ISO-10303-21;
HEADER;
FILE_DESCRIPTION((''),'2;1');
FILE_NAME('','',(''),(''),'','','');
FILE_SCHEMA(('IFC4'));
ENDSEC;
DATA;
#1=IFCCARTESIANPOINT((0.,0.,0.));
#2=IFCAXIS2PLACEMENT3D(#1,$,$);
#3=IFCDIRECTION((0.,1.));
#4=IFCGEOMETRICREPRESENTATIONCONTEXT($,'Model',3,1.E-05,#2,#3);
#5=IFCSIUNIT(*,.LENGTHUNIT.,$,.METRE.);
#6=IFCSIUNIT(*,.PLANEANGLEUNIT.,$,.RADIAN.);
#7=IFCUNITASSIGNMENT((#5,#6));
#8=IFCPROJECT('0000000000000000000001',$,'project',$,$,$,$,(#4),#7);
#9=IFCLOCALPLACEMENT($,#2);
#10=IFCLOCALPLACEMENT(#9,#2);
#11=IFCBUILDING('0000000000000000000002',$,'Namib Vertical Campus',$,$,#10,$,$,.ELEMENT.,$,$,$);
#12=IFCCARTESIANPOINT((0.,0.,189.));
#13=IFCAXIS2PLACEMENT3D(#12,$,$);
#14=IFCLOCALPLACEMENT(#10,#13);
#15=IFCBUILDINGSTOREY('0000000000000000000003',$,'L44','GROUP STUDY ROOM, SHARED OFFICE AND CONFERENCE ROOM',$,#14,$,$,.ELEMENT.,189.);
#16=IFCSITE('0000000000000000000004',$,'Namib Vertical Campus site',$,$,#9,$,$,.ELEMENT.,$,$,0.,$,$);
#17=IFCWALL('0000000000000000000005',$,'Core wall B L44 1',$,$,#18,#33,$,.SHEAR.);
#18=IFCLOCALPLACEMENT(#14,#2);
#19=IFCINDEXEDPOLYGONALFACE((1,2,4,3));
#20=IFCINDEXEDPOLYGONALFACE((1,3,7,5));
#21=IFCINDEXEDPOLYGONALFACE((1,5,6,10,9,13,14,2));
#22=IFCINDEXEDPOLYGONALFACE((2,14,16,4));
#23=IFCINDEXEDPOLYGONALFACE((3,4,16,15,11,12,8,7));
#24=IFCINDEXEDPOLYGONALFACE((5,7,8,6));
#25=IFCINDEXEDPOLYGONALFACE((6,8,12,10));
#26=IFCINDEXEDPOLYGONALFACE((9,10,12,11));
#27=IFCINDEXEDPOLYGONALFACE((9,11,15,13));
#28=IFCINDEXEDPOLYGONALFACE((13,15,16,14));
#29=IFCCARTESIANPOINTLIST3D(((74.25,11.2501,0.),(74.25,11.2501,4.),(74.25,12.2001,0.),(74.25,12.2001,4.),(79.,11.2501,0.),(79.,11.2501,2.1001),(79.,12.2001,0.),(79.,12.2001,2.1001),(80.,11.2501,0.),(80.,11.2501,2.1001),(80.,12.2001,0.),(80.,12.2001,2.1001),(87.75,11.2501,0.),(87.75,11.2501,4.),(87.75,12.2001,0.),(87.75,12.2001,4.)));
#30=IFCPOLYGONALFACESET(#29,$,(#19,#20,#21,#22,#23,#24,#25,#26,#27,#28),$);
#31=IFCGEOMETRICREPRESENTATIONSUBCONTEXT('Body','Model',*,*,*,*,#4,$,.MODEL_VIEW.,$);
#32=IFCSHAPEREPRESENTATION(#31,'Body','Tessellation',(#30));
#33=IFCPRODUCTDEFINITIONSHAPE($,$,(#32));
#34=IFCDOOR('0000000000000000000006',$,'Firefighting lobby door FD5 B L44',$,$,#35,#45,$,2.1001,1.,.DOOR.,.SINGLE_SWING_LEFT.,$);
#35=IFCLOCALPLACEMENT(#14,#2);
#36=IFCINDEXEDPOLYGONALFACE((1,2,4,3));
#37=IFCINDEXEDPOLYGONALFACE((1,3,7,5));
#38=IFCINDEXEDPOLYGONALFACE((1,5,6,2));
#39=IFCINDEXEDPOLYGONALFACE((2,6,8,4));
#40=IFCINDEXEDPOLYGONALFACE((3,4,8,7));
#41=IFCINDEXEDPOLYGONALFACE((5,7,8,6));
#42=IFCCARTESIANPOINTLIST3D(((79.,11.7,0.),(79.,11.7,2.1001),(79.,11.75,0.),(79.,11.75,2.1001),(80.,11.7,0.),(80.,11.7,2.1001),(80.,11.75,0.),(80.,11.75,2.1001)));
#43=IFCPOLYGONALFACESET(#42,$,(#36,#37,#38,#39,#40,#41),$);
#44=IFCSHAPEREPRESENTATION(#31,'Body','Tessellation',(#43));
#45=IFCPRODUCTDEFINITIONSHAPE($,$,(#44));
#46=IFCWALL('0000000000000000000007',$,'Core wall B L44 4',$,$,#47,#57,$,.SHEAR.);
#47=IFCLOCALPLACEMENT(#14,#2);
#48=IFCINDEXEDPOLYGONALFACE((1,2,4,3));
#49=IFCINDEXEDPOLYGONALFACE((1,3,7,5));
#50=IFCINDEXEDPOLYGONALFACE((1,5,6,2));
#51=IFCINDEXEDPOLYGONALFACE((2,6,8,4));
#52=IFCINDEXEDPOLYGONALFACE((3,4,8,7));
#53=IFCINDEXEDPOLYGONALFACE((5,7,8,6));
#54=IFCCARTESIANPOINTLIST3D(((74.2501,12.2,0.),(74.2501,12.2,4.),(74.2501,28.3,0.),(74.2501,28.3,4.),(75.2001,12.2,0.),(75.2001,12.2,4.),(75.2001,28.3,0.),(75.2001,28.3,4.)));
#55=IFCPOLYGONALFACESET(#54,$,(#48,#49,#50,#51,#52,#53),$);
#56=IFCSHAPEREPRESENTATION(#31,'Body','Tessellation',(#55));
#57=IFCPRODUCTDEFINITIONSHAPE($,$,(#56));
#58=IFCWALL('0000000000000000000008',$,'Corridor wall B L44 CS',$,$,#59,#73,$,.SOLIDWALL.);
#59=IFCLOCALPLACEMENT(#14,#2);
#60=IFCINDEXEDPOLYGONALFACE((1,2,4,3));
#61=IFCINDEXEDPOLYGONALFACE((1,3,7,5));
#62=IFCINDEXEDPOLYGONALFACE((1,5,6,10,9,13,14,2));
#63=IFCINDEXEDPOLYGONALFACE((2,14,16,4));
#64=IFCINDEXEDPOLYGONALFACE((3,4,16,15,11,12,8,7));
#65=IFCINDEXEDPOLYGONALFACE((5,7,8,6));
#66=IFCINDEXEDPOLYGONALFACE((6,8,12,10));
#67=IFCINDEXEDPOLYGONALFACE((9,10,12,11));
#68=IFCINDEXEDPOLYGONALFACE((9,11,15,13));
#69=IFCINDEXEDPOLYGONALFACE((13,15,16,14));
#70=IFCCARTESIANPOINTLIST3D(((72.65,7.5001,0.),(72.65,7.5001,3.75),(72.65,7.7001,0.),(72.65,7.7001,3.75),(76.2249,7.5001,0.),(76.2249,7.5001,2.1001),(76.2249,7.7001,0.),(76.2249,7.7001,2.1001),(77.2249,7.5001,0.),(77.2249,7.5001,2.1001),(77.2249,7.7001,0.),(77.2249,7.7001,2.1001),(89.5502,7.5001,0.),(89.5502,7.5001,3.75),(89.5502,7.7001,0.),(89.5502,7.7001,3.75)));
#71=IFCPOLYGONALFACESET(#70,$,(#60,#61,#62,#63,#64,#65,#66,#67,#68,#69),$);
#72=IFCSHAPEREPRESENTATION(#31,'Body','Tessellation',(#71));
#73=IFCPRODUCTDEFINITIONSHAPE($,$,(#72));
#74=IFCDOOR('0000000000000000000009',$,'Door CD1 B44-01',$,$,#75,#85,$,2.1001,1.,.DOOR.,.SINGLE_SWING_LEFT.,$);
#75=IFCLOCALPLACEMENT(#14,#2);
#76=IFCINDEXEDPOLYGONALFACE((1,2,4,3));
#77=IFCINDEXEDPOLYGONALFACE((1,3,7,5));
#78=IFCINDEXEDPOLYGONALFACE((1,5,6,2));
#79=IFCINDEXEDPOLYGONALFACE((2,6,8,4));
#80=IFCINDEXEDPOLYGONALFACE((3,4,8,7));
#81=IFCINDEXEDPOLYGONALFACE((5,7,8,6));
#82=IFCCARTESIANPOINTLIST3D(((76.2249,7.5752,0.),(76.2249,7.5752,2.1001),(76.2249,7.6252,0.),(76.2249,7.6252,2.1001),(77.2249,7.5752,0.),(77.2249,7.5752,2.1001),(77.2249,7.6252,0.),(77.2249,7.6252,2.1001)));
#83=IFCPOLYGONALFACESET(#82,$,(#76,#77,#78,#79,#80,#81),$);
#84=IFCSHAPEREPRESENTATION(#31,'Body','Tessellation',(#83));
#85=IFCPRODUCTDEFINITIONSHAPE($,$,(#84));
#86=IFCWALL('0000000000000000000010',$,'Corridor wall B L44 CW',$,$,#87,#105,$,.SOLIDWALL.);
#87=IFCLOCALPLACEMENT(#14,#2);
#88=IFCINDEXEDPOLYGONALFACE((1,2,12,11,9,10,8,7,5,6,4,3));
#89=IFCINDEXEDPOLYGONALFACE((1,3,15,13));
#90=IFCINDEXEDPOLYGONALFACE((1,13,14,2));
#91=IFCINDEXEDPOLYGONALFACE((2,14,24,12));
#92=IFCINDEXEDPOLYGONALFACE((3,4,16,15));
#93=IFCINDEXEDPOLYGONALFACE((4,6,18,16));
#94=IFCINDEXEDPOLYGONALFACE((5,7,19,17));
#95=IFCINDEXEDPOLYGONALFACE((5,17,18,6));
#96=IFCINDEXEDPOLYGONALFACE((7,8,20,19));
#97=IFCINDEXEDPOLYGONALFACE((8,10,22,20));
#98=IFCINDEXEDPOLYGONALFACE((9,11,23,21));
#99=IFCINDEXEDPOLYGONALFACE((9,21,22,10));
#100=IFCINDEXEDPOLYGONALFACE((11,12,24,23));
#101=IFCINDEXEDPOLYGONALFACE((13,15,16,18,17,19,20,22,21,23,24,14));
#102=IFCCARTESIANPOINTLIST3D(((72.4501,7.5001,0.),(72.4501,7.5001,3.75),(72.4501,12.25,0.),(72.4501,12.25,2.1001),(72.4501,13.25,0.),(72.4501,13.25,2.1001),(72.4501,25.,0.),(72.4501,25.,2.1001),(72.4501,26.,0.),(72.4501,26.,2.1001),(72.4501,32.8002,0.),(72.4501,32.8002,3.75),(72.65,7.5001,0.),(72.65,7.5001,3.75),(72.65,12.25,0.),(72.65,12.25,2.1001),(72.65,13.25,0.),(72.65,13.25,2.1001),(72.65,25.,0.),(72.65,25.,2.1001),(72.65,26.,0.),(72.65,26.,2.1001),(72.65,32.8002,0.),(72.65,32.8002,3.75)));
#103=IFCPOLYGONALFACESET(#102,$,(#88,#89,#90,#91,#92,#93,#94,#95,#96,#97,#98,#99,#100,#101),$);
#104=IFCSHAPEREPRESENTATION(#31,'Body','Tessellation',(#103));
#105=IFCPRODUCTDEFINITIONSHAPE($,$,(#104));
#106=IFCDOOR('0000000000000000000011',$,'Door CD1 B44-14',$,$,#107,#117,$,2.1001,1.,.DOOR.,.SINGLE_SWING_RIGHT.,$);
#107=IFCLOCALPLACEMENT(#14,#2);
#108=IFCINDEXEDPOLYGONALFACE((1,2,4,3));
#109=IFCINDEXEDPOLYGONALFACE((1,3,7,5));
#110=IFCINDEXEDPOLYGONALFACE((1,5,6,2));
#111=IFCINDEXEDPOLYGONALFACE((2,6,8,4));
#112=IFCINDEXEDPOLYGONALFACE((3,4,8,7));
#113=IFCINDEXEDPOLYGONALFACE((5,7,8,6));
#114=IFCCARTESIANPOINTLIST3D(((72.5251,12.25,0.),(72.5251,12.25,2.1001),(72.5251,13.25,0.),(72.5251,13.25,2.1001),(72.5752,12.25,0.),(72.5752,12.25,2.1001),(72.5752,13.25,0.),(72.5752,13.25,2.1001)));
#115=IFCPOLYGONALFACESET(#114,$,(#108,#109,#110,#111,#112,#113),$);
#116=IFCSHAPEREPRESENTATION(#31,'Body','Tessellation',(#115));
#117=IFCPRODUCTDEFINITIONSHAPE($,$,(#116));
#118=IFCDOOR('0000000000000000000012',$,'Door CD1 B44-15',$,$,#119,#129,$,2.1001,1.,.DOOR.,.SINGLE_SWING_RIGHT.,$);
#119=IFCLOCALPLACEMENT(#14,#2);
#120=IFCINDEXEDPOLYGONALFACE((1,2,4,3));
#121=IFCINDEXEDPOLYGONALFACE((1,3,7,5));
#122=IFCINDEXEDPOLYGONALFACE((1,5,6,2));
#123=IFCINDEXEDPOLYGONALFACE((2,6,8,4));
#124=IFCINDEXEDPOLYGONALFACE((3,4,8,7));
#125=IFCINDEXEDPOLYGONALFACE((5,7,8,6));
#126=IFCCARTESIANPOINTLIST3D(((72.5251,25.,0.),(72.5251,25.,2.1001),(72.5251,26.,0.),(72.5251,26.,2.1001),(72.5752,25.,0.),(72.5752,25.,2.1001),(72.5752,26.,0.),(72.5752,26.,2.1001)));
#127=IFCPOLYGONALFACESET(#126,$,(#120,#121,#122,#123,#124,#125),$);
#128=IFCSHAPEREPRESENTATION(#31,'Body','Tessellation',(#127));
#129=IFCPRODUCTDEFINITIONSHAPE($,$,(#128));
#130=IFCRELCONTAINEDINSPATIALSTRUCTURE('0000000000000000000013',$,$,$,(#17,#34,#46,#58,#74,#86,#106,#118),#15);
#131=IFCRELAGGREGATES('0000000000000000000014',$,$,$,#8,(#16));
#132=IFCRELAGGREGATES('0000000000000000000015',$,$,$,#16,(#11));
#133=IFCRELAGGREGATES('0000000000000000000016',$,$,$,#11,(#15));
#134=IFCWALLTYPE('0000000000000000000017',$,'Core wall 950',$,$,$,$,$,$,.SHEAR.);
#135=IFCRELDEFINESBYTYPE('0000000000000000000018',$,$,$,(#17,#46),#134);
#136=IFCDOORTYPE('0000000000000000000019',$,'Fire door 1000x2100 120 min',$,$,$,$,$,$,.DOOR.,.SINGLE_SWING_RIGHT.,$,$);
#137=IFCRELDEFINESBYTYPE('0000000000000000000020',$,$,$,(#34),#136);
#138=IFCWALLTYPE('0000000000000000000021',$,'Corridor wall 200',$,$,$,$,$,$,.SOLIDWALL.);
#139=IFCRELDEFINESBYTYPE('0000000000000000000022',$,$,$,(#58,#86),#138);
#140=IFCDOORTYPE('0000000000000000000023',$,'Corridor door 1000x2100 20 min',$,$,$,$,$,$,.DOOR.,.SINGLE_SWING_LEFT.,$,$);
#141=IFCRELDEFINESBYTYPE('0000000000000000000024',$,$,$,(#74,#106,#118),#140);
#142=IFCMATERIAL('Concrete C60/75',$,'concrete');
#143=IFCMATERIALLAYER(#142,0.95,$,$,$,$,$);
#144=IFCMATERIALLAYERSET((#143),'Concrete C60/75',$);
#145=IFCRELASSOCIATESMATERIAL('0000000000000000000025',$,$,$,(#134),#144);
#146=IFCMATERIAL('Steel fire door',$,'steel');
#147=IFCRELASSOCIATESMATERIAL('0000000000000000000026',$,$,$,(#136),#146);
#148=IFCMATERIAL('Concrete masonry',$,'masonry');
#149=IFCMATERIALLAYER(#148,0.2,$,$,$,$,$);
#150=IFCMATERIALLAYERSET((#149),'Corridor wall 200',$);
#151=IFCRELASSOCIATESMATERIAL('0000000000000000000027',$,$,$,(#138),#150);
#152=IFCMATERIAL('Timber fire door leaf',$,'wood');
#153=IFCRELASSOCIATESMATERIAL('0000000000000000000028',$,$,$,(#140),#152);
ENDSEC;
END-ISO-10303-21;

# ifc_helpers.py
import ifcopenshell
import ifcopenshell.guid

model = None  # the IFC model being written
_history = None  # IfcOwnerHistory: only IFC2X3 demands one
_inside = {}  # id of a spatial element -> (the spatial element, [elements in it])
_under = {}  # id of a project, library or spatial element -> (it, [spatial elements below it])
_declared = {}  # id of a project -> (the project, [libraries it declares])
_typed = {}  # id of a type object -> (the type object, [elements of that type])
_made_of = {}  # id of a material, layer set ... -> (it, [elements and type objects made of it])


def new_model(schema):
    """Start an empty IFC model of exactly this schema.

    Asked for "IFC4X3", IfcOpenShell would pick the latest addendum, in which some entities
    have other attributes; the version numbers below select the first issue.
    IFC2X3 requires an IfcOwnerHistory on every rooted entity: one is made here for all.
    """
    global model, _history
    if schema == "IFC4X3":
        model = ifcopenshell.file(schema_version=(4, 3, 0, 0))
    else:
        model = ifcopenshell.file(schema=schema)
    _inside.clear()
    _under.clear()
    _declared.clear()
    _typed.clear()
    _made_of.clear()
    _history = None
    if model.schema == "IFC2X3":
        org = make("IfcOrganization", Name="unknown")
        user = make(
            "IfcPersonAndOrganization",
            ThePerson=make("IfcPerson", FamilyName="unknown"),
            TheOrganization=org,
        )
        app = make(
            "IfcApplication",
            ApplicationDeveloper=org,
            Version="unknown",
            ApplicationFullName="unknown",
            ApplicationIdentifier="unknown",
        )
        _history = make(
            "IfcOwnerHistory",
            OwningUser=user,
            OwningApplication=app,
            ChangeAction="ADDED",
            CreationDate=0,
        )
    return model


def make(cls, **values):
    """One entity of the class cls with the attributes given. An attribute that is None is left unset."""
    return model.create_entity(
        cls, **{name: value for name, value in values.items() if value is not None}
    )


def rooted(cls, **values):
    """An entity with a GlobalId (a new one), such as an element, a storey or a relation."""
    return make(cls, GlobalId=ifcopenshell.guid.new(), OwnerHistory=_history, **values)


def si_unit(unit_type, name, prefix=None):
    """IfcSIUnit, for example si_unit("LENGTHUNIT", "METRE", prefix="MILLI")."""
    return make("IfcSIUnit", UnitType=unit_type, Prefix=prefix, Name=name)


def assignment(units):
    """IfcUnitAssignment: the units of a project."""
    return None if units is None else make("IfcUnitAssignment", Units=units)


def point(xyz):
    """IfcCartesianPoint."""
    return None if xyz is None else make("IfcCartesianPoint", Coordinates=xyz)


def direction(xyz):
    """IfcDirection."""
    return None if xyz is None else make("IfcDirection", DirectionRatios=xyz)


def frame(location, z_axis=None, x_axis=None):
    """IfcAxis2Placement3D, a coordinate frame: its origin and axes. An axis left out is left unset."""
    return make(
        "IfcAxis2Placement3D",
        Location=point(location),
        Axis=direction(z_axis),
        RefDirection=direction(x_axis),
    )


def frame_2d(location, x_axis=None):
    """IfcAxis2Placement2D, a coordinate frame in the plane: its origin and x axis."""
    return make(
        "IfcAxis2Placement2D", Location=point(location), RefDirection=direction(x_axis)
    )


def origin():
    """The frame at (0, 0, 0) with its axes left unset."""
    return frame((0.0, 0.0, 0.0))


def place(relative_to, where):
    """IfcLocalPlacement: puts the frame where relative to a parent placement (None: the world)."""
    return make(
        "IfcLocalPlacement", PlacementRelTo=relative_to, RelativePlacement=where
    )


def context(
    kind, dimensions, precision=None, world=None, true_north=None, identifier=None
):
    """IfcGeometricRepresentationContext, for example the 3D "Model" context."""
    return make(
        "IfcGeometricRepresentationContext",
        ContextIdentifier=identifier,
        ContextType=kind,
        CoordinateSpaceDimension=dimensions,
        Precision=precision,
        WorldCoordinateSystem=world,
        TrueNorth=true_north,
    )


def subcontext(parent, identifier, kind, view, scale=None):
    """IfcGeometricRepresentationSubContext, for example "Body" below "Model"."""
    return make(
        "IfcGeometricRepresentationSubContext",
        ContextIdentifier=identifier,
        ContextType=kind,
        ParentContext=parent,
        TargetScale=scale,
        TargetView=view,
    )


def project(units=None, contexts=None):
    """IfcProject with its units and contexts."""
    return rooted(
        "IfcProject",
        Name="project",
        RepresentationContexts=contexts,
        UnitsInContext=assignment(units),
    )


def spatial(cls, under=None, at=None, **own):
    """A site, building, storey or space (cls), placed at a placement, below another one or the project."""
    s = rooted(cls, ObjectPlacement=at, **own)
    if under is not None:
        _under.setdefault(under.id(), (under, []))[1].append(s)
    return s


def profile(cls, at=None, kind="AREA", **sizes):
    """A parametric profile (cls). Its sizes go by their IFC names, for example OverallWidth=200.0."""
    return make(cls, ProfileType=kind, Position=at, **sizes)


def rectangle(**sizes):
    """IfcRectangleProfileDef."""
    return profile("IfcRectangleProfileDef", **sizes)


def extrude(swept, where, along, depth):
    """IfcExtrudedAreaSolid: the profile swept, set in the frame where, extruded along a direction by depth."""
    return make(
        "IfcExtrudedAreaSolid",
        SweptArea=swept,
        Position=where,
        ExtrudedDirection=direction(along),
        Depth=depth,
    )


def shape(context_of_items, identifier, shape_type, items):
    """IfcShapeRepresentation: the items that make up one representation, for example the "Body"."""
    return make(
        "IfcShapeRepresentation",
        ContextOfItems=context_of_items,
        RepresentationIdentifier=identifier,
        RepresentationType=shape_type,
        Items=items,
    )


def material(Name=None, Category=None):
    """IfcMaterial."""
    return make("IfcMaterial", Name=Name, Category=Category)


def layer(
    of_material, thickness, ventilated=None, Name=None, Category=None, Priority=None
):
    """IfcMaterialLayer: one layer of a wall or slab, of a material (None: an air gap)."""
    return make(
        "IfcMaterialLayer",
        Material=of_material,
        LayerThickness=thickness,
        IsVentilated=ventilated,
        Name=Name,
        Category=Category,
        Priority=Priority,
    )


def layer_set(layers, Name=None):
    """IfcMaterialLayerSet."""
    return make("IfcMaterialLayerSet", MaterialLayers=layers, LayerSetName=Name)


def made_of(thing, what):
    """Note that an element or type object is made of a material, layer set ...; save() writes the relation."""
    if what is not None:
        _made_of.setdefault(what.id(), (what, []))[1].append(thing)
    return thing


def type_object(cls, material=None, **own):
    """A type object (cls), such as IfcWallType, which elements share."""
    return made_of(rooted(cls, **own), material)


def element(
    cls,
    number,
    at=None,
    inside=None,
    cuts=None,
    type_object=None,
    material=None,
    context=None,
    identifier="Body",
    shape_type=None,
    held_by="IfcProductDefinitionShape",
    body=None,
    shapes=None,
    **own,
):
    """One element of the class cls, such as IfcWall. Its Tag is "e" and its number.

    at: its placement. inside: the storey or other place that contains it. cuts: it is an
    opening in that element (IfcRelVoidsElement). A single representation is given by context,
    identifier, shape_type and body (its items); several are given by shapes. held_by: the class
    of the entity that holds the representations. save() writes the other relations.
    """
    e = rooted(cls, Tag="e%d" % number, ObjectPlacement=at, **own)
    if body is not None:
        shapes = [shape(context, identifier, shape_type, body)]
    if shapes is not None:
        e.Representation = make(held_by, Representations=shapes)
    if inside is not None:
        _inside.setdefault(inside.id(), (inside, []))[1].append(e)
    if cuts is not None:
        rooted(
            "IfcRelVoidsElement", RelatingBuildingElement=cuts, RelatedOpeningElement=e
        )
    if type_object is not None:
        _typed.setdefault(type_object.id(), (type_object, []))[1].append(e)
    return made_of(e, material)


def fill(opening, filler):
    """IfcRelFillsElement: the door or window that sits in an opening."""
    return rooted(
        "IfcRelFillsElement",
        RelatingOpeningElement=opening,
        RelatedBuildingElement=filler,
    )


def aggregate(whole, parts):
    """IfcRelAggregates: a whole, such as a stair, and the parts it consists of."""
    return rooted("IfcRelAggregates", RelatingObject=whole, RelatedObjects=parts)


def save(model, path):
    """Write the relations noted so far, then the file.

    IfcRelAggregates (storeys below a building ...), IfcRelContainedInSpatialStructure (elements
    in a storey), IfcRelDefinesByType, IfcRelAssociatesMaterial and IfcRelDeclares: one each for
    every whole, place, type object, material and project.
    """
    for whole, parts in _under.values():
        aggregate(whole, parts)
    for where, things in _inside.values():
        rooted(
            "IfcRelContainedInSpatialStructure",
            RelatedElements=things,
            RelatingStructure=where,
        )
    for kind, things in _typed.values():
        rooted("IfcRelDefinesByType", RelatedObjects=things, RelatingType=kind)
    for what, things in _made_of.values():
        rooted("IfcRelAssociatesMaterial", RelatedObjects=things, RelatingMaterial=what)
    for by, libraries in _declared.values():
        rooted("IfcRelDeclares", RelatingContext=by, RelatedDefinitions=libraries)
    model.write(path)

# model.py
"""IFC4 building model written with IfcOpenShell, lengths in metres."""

from ifc_helpers import new_model, si_unit, direction, frame, frame_2d, origin, place, context, subcontext, project, spatial, rectangle, extrude, material, layer, layer_set, type_object, element, fill, save


model = new_model("IFC4")

# Units and contexts
model_context = context("Model", 3, precision=1e-05, world=origin(), true_north=direction((0.0, 1.0)))
body_context = subcontext(model_context, "Body", "Model", "MODEL_VIEW")
ifc_project = project(units=[si_unit("LENGTHUNIT", "METRE"), si_unit("PLANEANGLEUNIT", "RADIAN")], contexts=[model_context])

# Site, building, storey
site_placement = place(None, origin())
site = spatial("IfcSite", under=ifc_project, at=site_placement, Name="Namib Vertical Campus site", CompositionType="ELEMENT", RefElevation=0.0)
building_placement = place(site_placement, origin())
building = spatial("IfcBuilding", under=site, at=building_placement, Name="Namib Vertical Campus", CompositionType="ELEMENT")
storey_placement = place(building_placement, frame((0.0, 0.0, 189.0)))
storey = spatial("IfcBuildingStorey", under=building, at=storey_placement, Name="L44", Description="GROUP STUDY ROOM, SHARED OFFICE AND CONFERENCE ROOM", CompositionType="ELEMENT", Elevation=189.0)

# Wall, opening, door
ifc_material_1 = material(Name="Concrete C60/75", Category="concrete")
ifc_layer_1 = layer(ifc_material_1, 0.95)
ifc_layer_set_1 = layer_set([ifc_layer_1], Name="Concrete C60/75")
wall_type_1 = type_object("IfcWallType", Name="Core wall 950", PredefinedType="SHEAR", material=ifc_layer_set_1)
wall_1_placement = place(storey_placement, frame((74.25, 11.7251, 0.0), z_axis=(0.0, 0.0, 1.0), x_axis=(1.0, 0.0, 0.0)))
wall_1 = element("IfcWall", 1, at=wall_1_placement, inside=storey, type_object=wall_type_1, Name="Core wall B L44 1", PredefinedType="SHEAR", context=body_context, shape_type="SweptSolid", body=[
    extrude(rectangle(XDim=13.5, YDim=0.95, at=frame_2d((6.75, 0.0))), origin(), (0.0, 0.0, 1.0), 4.0),
])
opening_1_placement = place(wall_1_placement, frame((4.75, 0.0, 0.0)))
opening_1 = element("IfcOpeningElement", 2, at=opening_1_placement, cuts=wall_1, PredefinedType="OPENING", context=body_context, shape_type="SweptSolid", body=[
    extrude(rectangle(XDim=1.0, YDim=2.1001, at=frame_2d((0.5, 1.05))), frame((0.0, 0.4849, 0.0), z_axis=(0.0, -1.0, 0.0), x_axis=(1.0, 0.0, 0.0)), (0.0, 0.0, 1.0), 0.97),
])
ifc_material_2 = material(Name="Steel fire door", Category="steel")
door_type_1 = type_object("IfcDoorType", Name="Fire door 1000x2100 120 min", OperationType="SINGLE_SWING_RIGHT", PredefinedType="DOOR", material=ifc_material_2)
door_1_placement = place(opening_1_placement, origin())
door_1 = element("IfcDoor", 3, at=door_1_placement, inside=storey, type_object=door_type_1, Name="Firefighting lobby door FD5 B L44", OperationType="SINGLE_SWING_LEFT", OverallHeight=2.1001, OverallWidth=1.0, PredefinedType="DOOR", context=body_context, shape_type="SweptSolid", body=[
    extrude(rectangle(XDim=1.0, YDim=2.1001, at=frame_2d((0.5, 1.05))), frame((0.0, 0.0249, 0.0), z_axis=(0.0, -1.0, 0.0), x_axis=(1.0, 0.0, 0.0)), (0.0, 0.0, 1.0), 0.05),
])
fill(opening_1, door_1)

# Wall
wall_2_placement = place(storey_placement, frame((74.7251, 28.3, 0.0), z_axis=(0.0, 0.0, 1.0), x_axis=(0.0, -1.0, 0.0)))
element("IfcWall", 4, at=wall_2_placement, inside=storey, type_object=wall_type_1, Name="Core wall B L44 4", PredefinedType="SHEAR", context=body_context, shape_type="SweptSolid", body=[
    extrude(rectangle(XDim=16.1001, YDim=0.95, at=frame_2d((8.05, 0.0))), origin(), (0.0, 0.0, 1.0), 4.0),
])

# Wall, opening, door
ifc_material_3 = material(Name="Concrete masonry", Category="masonry")
ifc_layer_2 = layer(ifc_material_3, 0.2)
ifc_layer_set_2 = layer_set([ifc_layer_2], Name="Corridor wall 200")
wall_type_2 = type_object("IfcWallType", Name="Corridor wall 200", PredefinedType="SOLIDWALL", material=ifc_layer_set_2)
wall_3_placement = place(storey_placement, frame((72.6499, 7.6001, 0.0), z_axis=(0.0, 0.0, 1.0), x_axis=(1.0, 0.0, 0.0)))
wall_3 = element("IfcWall", 5, at=wall_3_placement, inside=storey, type_object=wall_type_2, Name="Corridor wall B L44 CS", PredefinedType="SOLIDWALL", context=body_context, shape_type="SweptSolid", body=[
    extrude(rectangle(XDim=16.9001, YDim=0.2, at=frame_2d((8.4502, 0.0))), origin(), (0.0, 0.0, 1.0), 3.75),
])
opening_2_placement = place(wall_3_placement, frame((3.575, 0.0, 0.0)))
opening_2 = element("IfcOpeningElement", 6, at=opening_2_placement, cuts=wall_3, PredefinedType="OPENING", context=body_context, shape_type="SweptSolid", body=[
    extrude(rectangle(XDim=1.0, YDim=2.1001, at=frame_2d((0.5, 1.05))), frame((0.0, 0.1099, 0.0), z_axis=(0.0, -1.0, 0.0), x_axis=(1.0, 0.0, 0.0)), (0.0, 0.0, 1.0), 0.22),
])
ifc_material_4 = material(Name="Timber fire door leaf", Category="wood")
door_type_2 = type_object("IfcDoorType", Name="Corridor door 1000x2100 20 min", OperationType="SINGLE_SWING_LEFT", PredefinedType="DOOR", material=ifc_material_4)
door_2_placement = place(opening_2_placement, frame((1.0, 0.0, 0.0), z_axis=(0.0, 0.0, 1.0), x_axis=(-1.0, 0.0, 0.0)))
door_2 = element("IfcDoor", 7, at=door_2_placement, inside=storey, type_object=door_type_2, Name="Door CD1 B44-01", OperationType="SINGLE_SWING_LEFT", OverallHeight=2.1001, OverallWidth=1.0, PredefinedType="DOOR", context=body_context, shape_type="SweptSolid", body=[
    extrude(rectangle(XDim=1.0, YDim=2.1001, at=frame_2d((0.5, 1.05))), frame((0.0, 0.0249, 0.0), z_axis=(0.0, -1.0, 0.0), x_axis=(1.0, 0.0, 0.0)), (0.0, 0.0, 1.0), 0.05),
])
fill(opening_2, door_2)

# Wall, openings, doors
wall_4_placement = place(storey_placement, frame((72.55, 32.8, 0.0), z_axis=(0.0, 0.0, 1.0), x_axis=(0.0, -1.0, 0.0)))
wall_4 = element("IfcWall", 8, at=wall_4_placement, inside=storey, type_object=wall_type_2, Name="Corridor wall B L44 CW", PredefinedType="SOLIDWALL", context=body_context, shape_type="SweptSolid", body=[
    extrude(rectangle(XDim=25.3, YDim=0.2, at=frame_2d((12.6499, 0.0))), origin(), (0.0, 0.0, 1.0), 3.75),
])
opening_3_placement = place(wall_4_placement, frame((19.55, 0.0, 0.0)))
opening_3 = element("IfcOpeningElement", 9, at=opening_3_placement, cuts=wall_4, PredefinedType="OPENING", context=body_context, shape_type="SweptSolid", body=[
    extrude(rectangle(XDim=1.0, YDim=2.1001, at=frame_2d((0.5, 1.05))), frame((0.0, 0.1099, 0.0), z_axis=(0.0, -1.0, 0.0), x_axis=(1.0, 0.0, 0.0)), (0.0, 0.0, 1.0), 0.22),
])
opening_4_placement = place(wall_4_placement, frame((6.8, 0.0, 0.0)))
opening_4 = element("IfcOpeningElement", 10, at=opening_4_placement, cuts=wall_4, PredefinedType="OPENING", context=body_context, shape_type="SweptSolid", body=[
    extrude(rectangle(XDim=1.0, YDim=2.1001, at=frame_2d((0.5, 1.05))), frame((0.0, 0.1099, 0.0), z_axis=(0.0, -1.0, 0.0), x_axis=(1.0, 0.0, 0.0)), (0.0, 0.0, 1.0), 0.22),
])
door_3_placement = place(opening_3_placement, frame((1.0, 0.0, 0.0), z_axis=(0.0, 0.0, 1.0), x_axis=(-1.0, 0.0, 0.0)))
door_3 = element("IfcDoor", 11, at=door_3_placement, inside=storey, type_object=door_type_2, Name="Door CD1 B44-14", OperationType="SINGLE_SWING_RIGHT", OverallHeight=2.1001, OverallWidth=1.0, PredefinedType="DOOR", context=body_context, shape_type="SweptSolid", body=[
    extrude(rectangle(XDim=1.0, YDim=2.1001, at=frame_2d((0.5, 1.05))), frame((0.0, 0.0249, 0.0), z_axis=(0.0, -1.0, 0.0), x_axis=(1.0, 0.0, 0.0)), (0.0, 0.0, 1.0), 0.05),
])
fill(opening_3, door_3)
door_4_placement = place(opening_4_placement, frame((1.0, 0.0, 0.0), z_axis=(0.0, 0.0, 1.0), x_axis=(-1.0, 0.0, 0.0)))
door_4 = element("IfcDoor", 12, at=door_4_placement, inside=storey, type_object=door_type_2, Name="Door CD1 B44-15", OperationType="SINGLE_SWING_RIGHT", OverallHeight=2.1001, OverallWidth=1.0, PredefinedType="DOOR", context=body_context, shape_type="SweptSolid", body=[
    extrude(rectangle(XDim=1.0, YDim=2.1001, at=frame_2d((0.5, 1.05))), frame((0.0, 0.0249, 0.0), z_axis=(0.0, -1.0, 0.0), x_axis=(1.0, 0.0, 0.0)), (0.0, 0.0, 1.0), 0.05),
])
fill(opening_4, door_4)

save(model, "model.ifc")
